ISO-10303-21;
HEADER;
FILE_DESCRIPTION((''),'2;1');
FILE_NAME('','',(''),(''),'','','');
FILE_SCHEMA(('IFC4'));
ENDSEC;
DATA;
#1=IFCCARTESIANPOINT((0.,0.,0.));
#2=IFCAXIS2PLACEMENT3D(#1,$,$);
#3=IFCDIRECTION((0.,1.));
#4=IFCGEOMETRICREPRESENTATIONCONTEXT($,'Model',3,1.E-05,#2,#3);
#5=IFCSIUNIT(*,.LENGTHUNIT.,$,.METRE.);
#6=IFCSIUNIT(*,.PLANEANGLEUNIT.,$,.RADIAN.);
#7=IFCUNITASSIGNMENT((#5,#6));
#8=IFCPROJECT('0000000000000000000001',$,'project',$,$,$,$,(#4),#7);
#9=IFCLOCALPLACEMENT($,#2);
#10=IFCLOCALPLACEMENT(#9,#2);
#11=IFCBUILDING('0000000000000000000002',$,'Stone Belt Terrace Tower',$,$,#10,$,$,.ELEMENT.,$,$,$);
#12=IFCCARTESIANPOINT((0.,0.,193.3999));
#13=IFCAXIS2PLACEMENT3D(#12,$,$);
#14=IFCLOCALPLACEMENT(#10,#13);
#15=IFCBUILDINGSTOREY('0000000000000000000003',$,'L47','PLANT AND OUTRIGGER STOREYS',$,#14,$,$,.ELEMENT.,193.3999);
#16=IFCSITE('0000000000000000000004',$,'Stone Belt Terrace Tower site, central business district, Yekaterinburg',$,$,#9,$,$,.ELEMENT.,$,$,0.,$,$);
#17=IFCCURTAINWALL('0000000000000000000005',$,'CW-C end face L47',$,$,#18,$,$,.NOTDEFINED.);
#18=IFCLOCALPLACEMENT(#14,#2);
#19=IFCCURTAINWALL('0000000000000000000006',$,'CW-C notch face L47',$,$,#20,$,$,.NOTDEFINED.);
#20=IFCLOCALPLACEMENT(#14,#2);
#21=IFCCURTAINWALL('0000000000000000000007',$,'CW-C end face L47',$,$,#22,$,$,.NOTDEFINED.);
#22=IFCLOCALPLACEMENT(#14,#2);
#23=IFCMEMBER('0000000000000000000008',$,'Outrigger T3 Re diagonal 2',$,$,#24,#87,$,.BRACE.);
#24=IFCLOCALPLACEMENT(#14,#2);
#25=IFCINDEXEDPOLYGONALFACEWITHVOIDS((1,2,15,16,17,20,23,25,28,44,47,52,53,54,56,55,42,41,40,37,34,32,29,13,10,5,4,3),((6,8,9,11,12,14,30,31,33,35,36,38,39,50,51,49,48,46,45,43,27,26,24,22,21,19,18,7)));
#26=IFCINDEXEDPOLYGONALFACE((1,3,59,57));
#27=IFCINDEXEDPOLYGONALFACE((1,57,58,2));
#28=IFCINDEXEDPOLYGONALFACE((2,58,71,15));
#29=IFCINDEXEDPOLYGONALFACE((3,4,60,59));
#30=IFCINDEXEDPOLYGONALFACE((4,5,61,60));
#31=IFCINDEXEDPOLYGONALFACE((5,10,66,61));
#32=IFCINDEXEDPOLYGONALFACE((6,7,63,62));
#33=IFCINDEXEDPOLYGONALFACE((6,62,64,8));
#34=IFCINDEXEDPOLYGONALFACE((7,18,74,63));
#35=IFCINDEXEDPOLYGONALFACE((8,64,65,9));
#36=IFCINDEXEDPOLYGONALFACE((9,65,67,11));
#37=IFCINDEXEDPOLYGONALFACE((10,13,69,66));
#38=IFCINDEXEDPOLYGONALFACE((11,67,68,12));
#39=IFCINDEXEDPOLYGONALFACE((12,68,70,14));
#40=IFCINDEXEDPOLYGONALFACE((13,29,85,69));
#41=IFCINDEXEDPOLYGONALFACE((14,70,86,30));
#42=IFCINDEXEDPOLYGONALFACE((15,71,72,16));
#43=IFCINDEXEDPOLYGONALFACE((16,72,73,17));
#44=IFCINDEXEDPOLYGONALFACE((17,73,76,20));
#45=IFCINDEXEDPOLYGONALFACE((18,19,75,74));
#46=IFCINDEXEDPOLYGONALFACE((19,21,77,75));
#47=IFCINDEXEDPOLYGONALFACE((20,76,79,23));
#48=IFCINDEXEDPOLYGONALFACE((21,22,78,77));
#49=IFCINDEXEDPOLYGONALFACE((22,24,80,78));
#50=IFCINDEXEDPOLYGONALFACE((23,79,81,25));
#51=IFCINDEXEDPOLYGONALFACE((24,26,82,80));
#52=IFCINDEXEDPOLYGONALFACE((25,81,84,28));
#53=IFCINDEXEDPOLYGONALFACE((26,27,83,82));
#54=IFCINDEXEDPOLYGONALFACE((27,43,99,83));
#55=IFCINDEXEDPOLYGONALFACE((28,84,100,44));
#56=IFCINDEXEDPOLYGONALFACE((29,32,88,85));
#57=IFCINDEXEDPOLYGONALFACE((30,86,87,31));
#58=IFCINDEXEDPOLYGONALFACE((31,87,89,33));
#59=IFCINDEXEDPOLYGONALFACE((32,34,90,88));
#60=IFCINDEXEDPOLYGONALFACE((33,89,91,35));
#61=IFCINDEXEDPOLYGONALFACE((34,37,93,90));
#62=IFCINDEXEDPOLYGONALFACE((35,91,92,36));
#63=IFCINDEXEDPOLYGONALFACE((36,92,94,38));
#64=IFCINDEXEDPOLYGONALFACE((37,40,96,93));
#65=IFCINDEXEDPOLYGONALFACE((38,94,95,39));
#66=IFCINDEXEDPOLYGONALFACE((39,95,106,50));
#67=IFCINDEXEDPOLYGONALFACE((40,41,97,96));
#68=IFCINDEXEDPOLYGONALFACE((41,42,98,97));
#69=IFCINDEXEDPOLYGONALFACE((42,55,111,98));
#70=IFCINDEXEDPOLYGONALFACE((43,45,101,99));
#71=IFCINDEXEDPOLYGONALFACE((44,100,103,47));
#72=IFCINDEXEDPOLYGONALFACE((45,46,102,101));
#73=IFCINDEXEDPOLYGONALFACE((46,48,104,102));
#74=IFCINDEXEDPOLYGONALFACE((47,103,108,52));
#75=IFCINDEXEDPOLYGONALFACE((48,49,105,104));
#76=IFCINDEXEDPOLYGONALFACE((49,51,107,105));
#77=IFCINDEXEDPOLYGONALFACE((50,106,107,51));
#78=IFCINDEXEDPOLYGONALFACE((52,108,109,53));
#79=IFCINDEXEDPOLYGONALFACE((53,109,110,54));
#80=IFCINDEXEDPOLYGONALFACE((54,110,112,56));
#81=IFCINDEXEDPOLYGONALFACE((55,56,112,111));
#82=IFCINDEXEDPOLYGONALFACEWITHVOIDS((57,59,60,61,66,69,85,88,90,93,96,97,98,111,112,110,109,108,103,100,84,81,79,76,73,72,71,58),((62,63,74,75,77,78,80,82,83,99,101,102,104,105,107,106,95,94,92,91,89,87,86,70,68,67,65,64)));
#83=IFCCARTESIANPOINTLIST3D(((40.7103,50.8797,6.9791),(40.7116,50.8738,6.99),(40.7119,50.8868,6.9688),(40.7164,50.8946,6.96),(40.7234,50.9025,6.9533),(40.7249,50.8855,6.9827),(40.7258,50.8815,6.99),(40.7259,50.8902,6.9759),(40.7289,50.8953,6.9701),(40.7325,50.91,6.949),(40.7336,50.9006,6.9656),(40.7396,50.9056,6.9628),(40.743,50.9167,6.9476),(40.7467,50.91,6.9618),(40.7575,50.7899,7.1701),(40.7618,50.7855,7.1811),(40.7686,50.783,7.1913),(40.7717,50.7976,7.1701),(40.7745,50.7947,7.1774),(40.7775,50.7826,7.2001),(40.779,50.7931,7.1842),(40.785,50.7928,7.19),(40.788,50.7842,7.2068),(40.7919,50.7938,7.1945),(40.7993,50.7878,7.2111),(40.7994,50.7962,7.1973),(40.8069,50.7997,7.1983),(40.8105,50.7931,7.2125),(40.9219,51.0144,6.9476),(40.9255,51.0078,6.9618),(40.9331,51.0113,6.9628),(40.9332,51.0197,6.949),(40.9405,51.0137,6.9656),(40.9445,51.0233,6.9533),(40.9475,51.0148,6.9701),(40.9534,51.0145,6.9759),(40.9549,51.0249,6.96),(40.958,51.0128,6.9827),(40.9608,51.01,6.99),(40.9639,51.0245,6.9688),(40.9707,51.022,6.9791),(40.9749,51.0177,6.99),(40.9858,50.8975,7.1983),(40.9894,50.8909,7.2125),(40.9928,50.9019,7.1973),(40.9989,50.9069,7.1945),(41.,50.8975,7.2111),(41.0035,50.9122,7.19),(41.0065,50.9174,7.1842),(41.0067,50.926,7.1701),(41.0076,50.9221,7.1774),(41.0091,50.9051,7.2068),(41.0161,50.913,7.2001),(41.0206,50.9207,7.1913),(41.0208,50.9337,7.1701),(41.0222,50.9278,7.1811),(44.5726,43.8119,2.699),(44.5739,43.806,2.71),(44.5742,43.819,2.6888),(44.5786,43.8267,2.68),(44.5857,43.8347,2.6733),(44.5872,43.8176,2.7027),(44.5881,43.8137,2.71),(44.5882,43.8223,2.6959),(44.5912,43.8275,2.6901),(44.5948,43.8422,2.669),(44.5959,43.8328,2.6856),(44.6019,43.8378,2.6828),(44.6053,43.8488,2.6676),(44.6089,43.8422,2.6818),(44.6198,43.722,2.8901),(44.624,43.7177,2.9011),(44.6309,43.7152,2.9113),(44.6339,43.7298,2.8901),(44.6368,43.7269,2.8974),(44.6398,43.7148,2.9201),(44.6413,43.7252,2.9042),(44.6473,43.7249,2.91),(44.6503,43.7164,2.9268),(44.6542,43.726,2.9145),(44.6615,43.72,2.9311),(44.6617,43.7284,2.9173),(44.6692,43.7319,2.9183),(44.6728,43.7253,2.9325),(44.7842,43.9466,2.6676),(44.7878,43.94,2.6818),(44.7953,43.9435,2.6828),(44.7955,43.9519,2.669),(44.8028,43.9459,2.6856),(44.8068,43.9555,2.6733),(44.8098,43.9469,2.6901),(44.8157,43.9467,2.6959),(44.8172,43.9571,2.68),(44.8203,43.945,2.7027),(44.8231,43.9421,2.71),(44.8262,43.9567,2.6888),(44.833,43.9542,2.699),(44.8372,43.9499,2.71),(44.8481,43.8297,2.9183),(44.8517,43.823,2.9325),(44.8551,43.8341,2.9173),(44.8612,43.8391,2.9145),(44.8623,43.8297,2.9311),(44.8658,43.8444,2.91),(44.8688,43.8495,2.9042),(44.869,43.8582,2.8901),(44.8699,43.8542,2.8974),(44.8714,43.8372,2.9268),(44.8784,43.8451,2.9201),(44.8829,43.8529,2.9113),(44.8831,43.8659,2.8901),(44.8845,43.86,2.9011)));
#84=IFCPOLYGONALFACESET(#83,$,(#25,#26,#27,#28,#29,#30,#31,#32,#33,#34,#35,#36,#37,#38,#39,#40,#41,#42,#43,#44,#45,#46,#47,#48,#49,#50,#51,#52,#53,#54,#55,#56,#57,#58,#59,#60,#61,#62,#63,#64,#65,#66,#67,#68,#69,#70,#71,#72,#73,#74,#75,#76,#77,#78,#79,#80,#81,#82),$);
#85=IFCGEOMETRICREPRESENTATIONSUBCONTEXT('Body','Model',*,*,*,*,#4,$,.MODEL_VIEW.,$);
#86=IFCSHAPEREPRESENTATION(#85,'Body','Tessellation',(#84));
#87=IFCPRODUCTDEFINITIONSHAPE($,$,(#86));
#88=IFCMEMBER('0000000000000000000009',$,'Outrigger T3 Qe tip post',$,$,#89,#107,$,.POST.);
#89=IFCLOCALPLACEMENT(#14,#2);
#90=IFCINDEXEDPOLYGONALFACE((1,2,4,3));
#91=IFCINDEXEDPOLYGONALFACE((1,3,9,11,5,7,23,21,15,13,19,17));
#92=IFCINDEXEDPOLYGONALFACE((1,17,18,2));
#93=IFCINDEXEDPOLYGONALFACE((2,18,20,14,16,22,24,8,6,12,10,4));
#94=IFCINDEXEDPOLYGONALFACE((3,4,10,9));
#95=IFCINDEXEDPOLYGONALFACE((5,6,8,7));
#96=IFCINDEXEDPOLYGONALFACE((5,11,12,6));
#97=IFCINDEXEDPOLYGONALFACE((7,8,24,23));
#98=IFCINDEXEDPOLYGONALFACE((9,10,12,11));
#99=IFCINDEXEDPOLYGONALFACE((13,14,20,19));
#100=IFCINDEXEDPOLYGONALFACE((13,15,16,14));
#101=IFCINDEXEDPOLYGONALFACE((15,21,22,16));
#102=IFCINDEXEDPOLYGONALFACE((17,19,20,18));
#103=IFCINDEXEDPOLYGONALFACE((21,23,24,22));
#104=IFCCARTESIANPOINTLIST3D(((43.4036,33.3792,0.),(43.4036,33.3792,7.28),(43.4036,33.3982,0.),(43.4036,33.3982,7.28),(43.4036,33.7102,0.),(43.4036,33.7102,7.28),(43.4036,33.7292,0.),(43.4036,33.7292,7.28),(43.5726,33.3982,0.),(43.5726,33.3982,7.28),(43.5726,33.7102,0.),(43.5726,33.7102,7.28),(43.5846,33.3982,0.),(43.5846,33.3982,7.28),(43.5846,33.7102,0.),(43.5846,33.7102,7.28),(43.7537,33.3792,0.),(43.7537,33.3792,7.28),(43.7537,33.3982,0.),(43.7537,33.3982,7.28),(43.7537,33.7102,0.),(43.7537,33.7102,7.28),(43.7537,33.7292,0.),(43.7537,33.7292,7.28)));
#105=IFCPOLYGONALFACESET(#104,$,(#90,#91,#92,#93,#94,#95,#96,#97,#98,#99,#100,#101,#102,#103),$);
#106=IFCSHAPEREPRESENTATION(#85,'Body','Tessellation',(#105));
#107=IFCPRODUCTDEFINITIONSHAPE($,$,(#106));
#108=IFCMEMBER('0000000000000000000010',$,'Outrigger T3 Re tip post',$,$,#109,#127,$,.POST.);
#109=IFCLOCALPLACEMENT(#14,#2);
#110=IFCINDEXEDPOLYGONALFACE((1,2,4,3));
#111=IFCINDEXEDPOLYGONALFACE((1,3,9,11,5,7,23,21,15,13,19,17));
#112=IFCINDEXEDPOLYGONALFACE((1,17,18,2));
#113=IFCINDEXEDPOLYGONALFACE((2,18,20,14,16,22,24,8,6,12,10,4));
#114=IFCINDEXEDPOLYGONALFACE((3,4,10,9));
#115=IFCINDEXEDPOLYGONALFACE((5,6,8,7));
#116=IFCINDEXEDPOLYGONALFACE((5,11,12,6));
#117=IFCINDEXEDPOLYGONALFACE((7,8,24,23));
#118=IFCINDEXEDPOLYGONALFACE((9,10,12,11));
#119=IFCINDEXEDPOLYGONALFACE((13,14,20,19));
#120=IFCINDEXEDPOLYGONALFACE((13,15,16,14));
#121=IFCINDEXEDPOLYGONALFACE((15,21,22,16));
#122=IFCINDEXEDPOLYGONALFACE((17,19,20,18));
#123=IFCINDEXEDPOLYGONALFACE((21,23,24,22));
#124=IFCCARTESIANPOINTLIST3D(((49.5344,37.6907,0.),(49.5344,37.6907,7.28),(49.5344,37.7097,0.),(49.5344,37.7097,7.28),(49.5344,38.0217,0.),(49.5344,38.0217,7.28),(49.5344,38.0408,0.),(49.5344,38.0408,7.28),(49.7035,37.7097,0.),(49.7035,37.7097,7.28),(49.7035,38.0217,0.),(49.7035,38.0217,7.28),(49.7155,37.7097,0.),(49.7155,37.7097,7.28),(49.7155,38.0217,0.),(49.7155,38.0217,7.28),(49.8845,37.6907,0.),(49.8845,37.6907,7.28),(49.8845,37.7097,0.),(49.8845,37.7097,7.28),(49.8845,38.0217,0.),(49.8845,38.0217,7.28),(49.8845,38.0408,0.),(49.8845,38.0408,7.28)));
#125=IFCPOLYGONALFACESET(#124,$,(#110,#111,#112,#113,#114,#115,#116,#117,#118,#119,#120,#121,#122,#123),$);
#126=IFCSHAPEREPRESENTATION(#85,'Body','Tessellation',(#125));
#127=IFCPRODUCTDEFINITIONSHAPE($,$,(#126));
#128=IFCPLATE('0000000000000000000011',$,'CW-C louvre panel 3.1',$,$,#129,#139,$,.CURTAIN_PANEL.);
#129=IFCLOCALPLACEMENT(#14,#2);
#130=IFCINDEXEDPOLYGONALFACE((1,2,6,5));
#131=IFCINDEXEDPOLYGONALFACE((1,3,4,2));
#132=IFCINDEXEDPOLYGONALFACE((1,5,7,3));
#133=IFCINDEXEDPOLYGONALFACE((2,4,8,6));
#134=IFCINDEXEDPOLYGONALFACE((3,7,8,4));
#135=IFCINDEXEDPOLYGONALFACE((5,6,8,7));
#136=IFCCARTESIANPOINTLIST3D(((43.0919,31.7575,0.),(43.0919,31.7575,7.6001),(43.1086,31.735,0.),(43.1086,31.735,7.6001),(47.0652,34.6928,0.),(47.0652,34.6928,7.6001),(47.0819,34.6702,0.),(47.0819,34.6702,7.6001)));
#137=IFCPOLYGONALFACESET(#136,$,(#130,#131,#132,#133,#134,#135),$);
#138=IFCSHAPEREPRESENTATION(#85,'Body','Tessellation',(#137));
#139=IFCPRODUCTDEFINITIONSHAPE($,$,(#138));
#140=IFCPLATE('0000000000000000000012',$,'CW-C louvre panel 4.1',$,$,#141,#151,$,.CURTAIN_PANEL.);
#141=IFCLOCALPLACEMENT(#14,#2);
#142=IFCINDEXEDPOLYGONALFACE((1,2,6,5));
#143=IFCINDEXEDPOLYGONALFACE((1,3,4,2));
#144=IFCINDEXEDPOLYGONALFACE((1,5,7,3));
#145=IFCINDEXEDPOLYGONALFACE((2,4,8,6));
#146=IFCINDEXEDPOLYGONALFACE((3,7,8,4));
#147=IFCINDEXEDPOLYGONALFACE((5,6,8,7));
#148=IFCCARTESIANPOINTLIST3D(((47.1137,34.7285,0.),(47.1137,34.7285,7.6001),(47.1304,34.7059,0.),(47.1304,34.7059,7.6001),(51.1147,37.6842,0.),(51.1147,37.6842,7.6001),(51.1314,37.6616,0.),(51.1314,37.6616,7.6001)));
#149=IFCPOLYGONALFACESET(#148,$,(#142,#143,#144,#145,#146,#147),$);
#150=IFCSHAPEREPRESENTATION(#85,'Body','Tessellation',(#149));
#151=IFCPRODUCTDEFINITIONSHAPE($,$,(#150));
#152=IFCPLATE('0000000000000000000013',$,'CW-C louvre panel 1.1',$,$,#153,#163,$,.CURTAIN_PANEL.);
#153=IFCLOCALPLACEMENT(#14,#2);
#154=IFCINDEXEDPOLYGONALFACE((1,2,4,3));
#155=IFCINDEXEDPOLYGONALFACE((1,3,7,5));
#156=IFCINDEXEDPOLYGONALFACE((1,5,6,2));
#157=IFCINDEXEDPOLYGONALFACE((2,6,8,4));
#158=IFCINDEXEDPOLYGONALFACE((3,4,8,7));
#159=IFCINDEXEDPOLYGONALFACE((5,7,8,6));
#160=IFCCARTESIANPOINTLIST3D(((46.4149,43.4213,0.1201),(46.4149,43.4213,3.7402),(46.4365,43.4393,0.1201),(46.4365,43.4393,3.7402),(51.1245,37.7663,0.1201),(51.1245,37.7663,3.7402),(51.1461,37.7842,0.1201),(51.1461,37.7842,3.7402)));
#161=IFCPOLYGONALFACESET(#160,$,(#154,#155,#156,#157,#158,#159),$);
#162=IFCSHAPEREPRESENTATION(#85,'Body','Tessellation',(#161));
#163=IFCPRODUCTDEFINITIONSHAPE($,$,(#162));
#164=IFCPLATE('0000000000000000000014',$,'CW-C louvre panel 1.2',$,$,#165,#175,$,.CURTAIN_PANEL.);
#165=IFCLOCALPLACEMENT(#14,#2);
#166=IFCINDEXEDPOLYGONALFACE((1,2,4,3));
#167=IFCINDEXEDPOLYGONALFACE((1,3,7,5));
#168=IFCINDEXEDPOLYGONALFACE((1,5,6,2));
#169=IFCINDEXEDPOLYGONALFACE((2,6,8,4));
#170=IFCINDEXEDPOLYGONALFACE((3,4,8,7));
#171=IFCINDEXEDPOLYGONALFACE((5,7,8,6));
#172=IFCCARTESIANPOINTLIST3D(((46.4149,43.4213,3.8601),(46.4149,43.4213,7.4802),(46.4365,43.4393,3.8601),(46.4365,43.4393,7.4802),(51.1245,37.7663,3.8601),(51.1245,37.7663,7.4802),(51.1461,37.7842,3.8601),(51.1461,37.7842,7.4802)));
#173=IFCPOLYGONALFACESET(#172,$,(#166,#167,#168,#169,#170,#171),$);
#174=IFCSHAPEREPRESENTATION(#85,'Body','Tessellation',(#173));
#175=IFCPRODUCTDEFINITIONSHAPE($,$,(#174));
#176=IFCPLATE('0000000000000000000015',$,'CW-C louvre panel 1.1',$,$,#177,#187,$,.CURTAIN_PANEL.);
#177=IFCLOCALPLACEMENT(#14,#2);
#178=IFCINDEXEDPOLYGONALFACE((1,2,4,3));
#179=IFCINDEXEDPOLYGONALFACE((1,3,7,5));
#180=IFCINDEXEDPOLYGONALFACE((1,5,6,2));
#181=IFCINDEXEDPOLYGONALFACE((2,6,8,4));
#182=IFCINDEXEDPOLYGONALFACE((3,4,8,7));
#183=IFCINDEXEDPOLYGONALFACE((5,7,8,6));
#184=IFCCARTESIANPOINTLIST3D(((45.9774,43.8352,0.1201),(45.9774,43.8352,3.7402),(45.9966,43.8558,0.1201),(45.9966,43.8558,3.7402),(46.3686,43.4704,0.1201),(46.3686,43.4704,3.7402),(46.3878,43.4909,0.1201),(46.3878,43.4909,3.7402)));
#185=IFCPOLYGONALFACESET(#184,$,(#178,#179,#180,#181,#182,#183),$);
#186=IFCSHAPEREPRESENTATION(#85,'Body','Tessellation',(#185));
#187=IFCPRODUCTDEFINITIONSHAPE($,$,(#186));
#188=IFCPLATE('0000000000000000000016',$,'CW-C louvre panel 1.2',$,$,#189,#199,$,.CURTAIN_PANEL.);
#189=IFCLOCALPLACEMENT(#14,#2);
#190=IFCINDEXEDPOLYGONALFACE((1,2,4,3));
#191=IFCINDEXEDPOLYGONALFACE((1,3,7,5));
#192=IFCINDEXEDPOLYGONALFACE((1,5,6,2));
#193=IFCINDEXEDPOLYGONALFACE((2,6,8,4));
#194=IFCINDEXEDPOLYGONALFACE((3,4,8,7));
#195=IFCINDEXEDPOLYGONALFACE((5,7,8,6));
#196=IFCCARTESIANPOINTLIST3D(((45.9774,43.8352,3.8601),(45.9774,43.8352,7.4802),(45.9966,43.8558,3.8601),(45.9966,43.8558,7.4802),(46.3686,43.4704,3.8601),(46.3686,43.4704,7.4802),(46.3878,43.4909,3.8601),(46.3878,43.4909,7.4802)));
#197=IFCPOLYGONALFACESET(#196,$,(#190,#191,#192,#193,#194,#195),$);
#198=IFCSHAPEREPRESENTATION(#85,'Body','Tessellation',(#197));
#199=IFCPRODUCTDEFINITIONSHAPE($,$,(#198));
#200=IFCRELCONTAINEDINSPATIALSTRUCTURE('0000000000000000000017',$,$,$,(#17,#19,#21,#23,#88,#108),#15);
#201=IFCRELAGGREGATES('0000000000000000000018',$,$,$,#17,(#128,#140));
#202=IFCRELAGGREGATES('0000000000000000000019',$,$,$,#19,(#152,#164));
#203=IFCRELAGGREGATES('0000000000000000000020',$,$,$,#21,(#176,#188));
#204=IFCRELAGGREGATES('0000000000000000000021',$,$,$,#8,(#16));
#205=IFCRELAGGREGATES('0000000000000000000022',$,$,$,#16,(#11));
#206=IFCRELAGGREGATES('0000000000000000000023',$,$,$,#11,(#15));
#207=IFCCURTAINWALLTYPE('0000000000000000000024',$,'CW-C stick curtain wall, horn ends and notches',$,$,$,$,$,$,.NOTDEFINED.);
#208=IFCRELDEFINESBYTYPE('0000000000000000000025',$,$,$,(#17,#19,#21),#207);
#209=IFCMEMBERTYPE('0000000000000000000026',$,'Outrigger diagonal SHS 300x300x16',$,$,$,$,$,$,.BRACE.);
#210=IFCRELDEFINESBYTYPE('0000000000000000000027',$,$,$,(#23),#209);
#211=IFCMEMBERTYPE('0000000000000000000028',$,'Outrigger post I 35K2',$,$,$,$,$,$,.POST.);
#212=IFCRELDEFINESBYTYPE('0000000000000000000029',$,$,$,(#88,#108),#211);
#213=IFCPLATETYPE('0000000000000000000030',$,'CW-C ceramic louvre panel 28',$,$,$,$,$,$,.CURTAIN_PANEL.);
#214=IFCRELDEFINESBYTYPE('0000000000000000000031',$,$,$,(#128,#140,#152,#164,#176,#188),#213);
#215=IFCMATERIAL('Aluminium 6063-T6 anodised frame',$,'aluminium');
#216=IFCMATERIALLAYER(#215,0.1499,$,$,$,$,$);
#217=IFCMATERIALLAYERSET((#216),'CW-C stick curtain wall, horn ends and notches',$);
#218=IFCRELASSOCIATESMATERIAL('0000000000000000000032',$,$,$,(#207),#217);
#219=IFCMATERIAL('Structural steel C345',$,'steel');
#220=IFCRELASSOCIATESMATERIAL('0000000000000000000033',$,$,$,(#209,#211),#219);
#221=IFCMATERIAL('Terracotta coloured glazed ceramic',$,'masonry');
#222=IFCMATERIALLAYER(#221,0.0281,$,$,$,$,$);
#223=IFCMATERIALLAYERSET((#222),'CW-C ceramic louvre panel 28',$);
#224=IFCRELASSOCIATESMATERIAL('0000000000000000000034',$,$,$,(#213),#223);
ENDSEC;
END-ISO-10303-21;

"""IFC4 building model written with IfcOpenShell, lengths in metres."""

from ifc_helpers import new_model, si_unit, direction, frame, origin, origin_2d, place, context, subcontext, project, spatial, rectangle, hollow_rectangle, i_section, extrude, material, layer, layer_set, material_profile, profile_set, type_object, element, aggregate, save


model = new_model("IFC4")

# Units and contexts
model_context = context("Model", 3, precision=1e-05, world=origin(), true_north=direction((0.0, 1.0)))
body_context = subcontext(model_context, "Body", "Model", "MODEL_VIEW")
ifc_project = project(units=[si_unit("LENGTHUNIT", "METRE"), si_unit("PLANEANGLEUNIT", "RADIAN")], contexts=[model_context])

# Site, building, storey
site_placement = place(None, origin())
site = spatial("IfcSite", under=ifc_project, at=site_placement, Name="Stone Belt Terrace Tower site, central business district, Yekaterinburg", CompositionType="ELEMENT", RefElevation=0.0)
building_placement = place(site_placement, origin())
building = spatial("IfcBuilding", under=site, at=building_placement, Name="Stone Belt Terrace Tower", CompositionType="ELEMENT")
storey_placement = place(building_placement, frame((0.0, 0.0, 193.3999)))
storey = spatial("IfcBuildingStorey", under=building, at=storey_placement, Name="L47", Description="PLANT AND OUTRIGGER STOREYS", CompositionType="ELEMENT", Elevation=193.3999)

# Curtain wall
ifc_material_1 = material(Name="Aluminium 6063-T6 anodised frame", Category="aluminium")
ifc_layer_1 = layer(ifc_material_1, 0.1499)
ifc_layer_set_1 = layer_set([ifc_layer_1], Name="CW-C stick curtain wall, horn ends and notches")
curtain_wall_type = type_object("IfcCurtainWallType", Name="CW-C stick curtain wall, horn ends and notches", PredefinedType="NOTDEFINED", material=ifc_layer_set_1)
curtain_wall_1_placement = place(storey_placement, origin())
curtain_wall_1 = element("IfcCurtainWall", 1, at=curtain_wall_1_placement, inside=storey, type_object=curtain_wall_type, Name="CW-C end face L47", PredefinedType="NOTDEFINED")

# Curtain walls
curtain_wall_2_placement = place(storey_placement, origin())
curtain_wall_2 = element("IfcCurtainWall", 2, at=curtain_wall_2_placement, inside=storey, type_object=curtain_wall_type, Name="CW-C notch face L47", PredefinedType="NOTDEFINED")
curtain_wall_3_placement = place(storey_placement, origin())
curtain_wall_3 = element("IfcCurtainWall", 3, at=curtain_wall_3_placement, inside=storey, type_object=curtain_wall_type, Name="CW-C end face L47", PredefinedType="NOTDEFINED")

# Members
ifc_material_2 = material(Name="Structural steel C345", Category="steel")
ifc_material_profile_1 = material_profile(ifc_material_2, hollow_rectangle(XDim=0.3, YDim=0.3, WallThickness=0.0161, InnerFilletRadius=0.032, OuterFilletRadius=0.0481, at=origin_2d()), Name="SHS 300x300x16")
ifc_profile_set_1 = profile_set([ifc_material_profile_1], Name="Structural steel C345")
member_type_1 = type_object("IfcMemberType", Name="Outrigger diagonal SHS 300x300x16", PredefinedType="BRACE", material=ifc_profile_set_1)
member_1_placement = place(storey_placement, frame((44.7285, 43.8359, 2.8), z_axis=(-0.423456, 0.774909, 0.469255), x_axis=(-0.877525, -0.479532, 0.0)))
element("IfcMember", 4, at=member_1_placement, inside=storey, type_object=member_type_1, Name="Outrigger T3 Re diagonal 2", PredefinedType="BRACE", context=body_context, shape_type="SweptSolid", body=[
    extrude(hollow_rectangle(XDim=0.3, YDim=0.3, WallThickness=0.0161, InnerFilletRadius=0.032, OuterFilletRadius=0.0481, at=origin_2d()), origin(), (0.0, 0.0, 1.0), 9.1208),
])
ifc_material_profile_2 = material_profile(ifc_material_2, i_section(OverallWidth=0.3501, OverallDepth=0.3501, WebThickness=0.012, FlangeThickness=0.019, at=origin_2d()), Name="I 35K2")
ifc_profile_set_2 = profile_set([ifc_material_profile_2], Name="Structural steel C345")
member_type_2 = type_object("IfcMemberType", Name="Outrigger post I 35K2", PredefinedType="POST", material=ifc_profile_set_2)
for number, where, z_axis, x_axis, name in (
    (5, (43.5786, 33.5542, 0.0), (0.0, 0.0, 1.0), (1.0, 0.0, 0.0), "Outrigger T3 Qe tip post"),
    (6, (49.7095, 37.8657, 0.0), (0.0, 0.0, 1.0), (1.0, 0.0, 0.0), "Outrigger T3 Re tip post"),
):
    element("IfcMember", number, at=place(storey_placement, frame(where, z_axis=z_axis, x_axis=x_axis)), inside=storey, type_object=member_type_2, Name=name, PredefinedType="POST", context=body_context, shape_type="SweptSolid", body=[
        extrude(i_section(OverallWidth=0.3501, OverallDepth=0.3501, WebThickness=0.012, FlangeThickness=0.019, at=origin_2d()), origin(), (0.0, 0.0, 1.0), 7.28),
    ])

# Plates
ifc_material_3 = material(Name="Terracotta coloured glazed ceramic", Category="masonry")
ifc_layer_2 = layer(ifc_material_3, 0.0281)
ifc_layer_set_2 = layer_set([ifc_layer_2], Name="CW-C ceramic louvre panel 28")
plate_type_1 = type_object("IfcPlateType", Name="CW-C ceramic louvre panel 28", PredefinedType="CURTAIN_PANEL", material=ifc_layer_set_2)
plate_1_placement = place(storey_placement, frame((45.0869, 33.2139, 0.0), z_axis=(0.0, 0.0, 1.0), x_axis=(0.804329, 0.594184, 0.0)))
plate_1 = element("IfcPlate", 7, at=plate_1_placement, type_object=plate_type_1, Name="CW-C louvre panel 3.1", PredefinedType="CURTAIN_PANEL", context=body_context, shape_type="SweptSolid", body=[
    extrude(rectangle(XDim=4.9399, YDim=0.0281, at=origin_2d()), origin(), (0.0, 0.0, 1.0), 7.6001),
])
plate_2_placement = place(storey_placement, frame((49.1226, 36.1951, 0.0), z_axis=(0.0, 0.0, 1.0), x_axis=(0.804329, 0.594184, 0.0)))
plate_2 = element("IfcPlate", 8, at=plate_2_placement, type_object=plate_type_1, Name="CW-C louvre panel 4.1", PredefinedType="CURTAIN_PANEL", context=body_context, shape_type="SweptSolid", body=[
    extrude(rectangle(XDim=4.9744, YDim=0.0281, at=origin_2d()), origin(), (0.0, 0.0, 1.0), 7.6001),
])
aggregate(curtain_wall_1, [plate_1, plate_2])
plate_3_placement = place(storey_placement, frame((48.7805, 40.6028, 0.1201), z_axis=(0.0, 0.0, 1.0), x_axis=(-0.63995, 0.768417, 0.0)))
plate_3 = element("IfcPlate", 9, at=plate_3_placement, type_object=plate_type_1, Name="CW-C louvre panel 1.1", PredefinedType="CURTAIN_PANEL", context=body_context, shape_type="SweptSolid", body=[
    extrude(rectangle(XDim=7.3594, YDim=0.0281, at=origin_2d()), origin(), (0.0, 0.0, 1.0), 3.6201),
])
plate_4_placement = place(storey_placement, frame((48.7805, 40.6028, 3.8601), z_axis=(0.0, 0.0, 1.0), x_axis=(-0.63995, 0.768417, 0.0)))
plate_4 = element("IfcPlate", 10, at=plate_4_placement, type_object=plate_type_1, Name="CW-C louvre panel 1.2", PredefinedType="CURTAIN_PANEL", context=body_context, shape_type="SweptSolid", body=[
    extrude(rectangle(XDim=7.3594, YDim=0.0281, at=origin_2d()), origin(), (0.0, 0.0, 1.0), 3.6201),
])
aggregate(curtain_wall_2, [plate_3, plate_4])
plate_5_placement = place(storey_placement, frame((46.1826, 43.6631, 0.1201), z_axis=(0.0, 0.0, 1.0), x_axis=(-0.731339, 0.682014, 0.0)))
plate_5 = element("IfcPlate", 11, at=plate_5_placement, type_object=plate_type_1, Name="CW-C louvre panel 1.1", PredefinedType="CURTAIN_PANEL", context=body_context, shape_type="SweptSolid", body=[
    extrude(rectangle(XDim=0.5349, YDim=0.0281, at=origin_2d()), origin(), (0.0, 0.0, 1.0), 3.6201),
])
plate_6_placement = place(storey_placement, frame((46.1826, 43.6631, 3.8601), z_axis=(0.0, 0.0, 1.0), x_axis=(-0.731339, 0.682014, 0.0)))
plate_6 = element("IfcPlate", 12, at=plate_6_placement, type_object=plate_type_1, Name="CW-C louvre panel 1.2", PredefinedType="CURTAIN_PANEL", context=body_context, shape_type="SweptSolid", body=[
    extrude(rectangle(XDim=0.5349, YDim=0.0281, at=origin_2d()), origin(), (0.0, 0.0, 1.0), 3.6201),
])
aggregate(curtain_wall_3, [plate_5, plate_6])

save(model, "model.ifc")
